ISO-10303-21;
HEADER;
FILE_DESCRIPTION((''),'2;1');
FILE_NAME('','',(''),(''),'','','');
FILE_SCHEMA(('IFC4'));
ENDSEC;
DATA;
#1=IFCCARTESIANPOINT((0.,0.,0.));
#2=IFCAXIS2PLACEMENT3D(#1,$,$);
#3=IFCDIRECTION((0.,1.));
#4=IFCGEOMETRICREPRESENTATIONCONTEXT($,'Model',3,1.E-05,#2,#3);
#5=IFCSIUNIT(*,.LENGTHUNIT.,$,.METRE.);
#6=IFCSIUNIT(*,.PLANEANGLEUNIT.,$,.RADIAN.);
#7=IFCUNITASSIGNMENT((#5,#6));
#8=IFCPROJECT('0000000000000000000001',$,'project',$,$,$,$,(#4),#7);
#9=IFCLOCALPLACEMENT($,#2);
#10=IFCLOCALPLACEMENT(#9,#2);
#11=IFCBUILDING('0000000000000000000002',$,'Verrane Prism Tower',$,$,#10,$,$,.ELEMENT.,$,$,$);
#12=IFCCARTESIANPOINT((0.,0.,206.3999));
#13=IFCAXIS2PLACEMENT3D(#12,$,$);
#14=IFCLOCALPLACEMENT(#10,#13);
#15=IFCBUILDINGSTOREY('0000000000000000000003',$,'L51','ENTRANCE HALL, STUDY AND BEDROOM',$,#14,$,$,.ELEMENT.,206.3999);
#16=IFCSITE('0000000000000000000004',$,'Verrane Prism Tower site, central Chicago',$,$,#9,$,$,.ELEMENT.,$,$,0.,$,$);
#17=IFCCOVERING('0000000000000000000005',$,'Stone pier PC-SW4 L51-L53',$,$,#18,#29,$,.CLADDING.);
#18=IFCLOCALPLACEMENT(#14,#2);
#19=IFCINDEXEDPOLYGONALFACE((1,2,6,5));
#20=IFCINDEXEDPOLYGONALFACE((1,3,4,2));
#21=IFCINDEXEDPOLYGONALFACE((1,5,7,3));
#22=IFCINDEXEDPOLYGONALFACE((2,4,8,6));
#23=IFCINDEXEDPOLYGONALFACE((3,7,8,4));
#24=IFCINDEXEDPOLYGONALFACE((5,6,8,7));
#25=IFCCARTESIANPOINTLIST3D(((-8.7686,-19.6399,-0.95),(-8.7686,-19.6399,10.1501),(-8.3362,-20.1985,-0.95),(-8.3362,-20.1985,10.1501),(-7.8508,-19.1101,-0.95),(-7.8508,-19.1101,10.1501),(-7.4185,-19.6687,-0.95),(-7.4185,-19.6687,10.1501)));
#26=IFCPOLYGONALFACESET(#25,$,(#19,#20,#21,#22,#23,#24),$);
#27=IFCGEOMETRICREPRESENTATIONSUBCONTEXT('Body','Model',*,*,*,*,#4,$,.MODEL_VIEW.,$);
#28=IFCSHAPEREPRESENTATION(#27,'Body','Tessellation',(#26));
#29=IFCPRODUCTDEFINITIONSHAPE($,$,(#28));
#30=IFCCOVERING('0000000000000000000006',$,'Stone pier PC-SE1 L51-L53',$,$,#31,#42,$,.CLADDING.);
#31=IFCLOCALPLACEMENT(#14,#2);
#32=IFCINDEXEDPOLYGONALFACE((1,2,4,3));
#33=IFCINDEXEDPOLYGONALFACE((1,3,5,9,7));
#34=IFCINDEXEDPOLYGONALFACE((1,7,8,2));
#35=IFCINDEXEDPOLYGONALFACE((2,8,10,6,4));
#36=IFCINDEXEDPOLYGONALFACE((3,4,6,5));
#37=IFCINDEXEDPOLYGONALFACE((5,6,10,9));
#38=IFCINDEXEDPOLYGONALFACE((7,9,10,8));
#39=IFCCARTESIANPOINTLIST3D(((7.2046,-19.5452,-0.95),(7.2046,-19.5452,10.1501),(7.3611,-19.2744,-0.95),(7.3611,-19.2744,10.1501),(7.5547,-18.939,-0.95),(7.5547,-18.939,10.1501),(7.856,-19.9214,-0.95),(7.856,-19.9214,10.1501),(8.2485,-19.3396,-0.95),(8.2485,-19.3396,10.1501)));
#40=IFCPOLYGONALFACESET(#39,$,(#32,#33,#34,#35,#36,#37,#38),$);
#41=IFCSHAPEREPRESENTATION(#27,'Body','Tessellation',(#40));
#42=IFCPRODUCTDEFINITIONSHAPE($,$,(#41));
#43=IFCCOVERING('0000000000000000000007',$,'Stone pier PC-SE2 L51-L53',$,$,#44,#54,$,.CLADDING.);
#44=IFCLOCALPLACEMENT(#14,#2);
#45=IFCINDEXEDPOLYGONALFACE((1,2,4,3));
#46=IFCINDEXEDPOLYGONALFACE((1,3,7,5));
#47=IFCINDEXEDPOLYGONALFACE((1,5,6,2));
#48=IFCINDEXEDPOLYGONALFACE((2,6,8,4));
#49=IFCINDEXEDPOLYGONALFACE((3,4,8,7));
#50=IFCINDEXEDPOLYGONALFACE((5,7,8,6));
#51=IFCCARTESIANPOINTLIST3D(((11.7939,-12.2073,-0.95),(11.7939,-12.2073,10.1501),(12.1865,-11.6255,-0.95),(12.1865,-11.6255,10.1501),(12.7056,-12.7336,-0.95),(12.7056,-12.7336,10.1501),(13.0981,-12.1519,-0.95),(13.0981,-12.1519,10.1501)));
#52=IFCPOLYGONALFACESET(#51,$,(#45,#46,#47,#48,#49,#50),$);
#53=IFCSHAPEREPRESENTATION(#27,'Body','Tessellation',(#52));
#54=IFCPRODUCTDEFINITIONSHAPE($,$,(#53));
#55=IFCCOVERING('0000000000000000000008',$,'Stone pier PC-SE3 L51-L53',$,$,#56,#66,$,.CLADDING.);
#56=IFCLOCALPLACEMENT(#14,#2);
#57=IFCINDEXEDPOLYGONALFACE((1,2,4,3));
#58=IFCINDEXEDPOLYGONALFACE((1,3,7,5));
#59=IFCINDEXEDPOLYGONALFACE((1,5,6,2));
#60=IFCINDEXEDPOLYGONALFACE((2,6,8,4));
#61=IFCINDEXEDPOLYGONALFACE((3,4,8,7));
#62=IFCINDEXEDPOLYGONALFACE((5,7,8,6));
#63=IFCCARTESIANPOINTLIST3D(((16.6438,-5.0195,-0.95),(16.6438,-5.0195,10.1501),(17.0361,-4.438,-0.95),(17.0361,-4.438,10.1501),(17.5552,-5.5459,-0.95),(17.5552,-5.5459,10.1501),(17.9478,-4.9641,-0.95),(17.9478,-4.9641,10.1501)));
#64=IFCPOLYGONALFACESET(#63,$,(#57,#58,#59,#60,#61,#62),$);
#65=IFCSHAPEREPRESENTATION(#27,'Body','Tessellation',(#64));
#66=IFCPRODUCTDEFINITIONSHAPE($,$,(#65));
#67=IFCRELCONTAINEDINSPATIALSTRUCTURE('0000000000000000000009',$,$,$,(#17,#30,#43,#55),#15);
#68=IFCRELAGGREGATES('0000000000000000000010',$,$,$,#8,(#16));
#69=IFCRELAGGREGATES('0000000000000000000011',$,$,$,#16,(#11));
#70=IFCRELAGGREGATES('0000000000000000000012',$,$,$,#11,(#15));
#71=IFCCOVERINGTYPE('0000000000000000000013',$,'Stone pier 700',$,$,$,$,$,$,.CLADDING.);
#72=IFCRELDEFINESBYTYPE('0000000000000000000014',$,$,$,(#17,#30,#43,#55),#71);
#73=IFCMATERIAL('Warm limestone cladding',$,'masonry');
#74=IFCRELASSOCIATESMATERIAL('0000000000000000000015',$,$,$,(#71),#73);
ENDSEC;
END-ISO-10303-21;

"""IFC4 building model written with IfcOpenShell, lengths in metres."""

from ifc_helpers import new_model, si_unit, direction, frame, origin, place, context, subcontext, project, spatial, polyline, outline, extrude, material, type_object, element, save


model = new_model("IFC4")

# Units and contexts
model_context = context("Model", 3, precision=1e-05, world=origin(), true_north=direction((0.0, 1.0)))
body_context = subcontext(model_context, "Body", "Model", "MODEL_VIEW")
ifc_project = project(units=[si_unit("LENGTHUNIT", "METRE"), si_unit("PLANEANGLEUNIT", "RADIAN")], contexts=[model_context])

# Site, building, storey
site_placement = place(None, origin())
site = spatial("IfcSite", under=ifc_project, at=site_placement, Name="Verrane Prism Tower site, central Chicago", CompositionType="ELEMENT", RefElevation=0.0)
building_placement = place(site_placement, origin())
building = spatial("IfcBuilding", under=site, at=building_placement, Name="Verrane Prism Tower", CompositionType="ELEMENT")
storey_placement = place(building_placement, frame((0.0, 0.0, 206.3999)))
storey = spatial("IfcBuildingStorey", under=building, at=storey_placement, Name="L51", Description="ENTRANCE HALL, STUDY AND BEDROOM", CompositionType="ELEMENT", Elevation=206.3999)

# Coverings
ifc_material_1 = material(Name="Warm limestone cladding", Category="masonry")
covering_type = type_object("IfcCoveringType", Name="Stone pier 700", PredefinedType="CLADDING", material=ifc_material_1)
covering_1_placement = place(storey_placement, frame((0.0, 0.0, -0.95)))
element("IfcCovering", 1, at=covering_1_placement, inside=storey, type_object=covering_type, Name="Stone pier PC-SW4 L51-L53", PredefinedType="CLADDING", context=body_context, shape_type="SweptSolid", body=[
    extrude(outline(polyline([(-8.3362, -20.1985), (-7.4185, -19.6687), (-7.8508, -19.1101), (-8.7686, -19.6399), (-8.3362, -20.1985)])), origin(), (0.0, 0.0, 1.0), 11.1001),
])
covering_2_placement = place(storey_placement, frame((0.0, 0.0, -0.95)))
element("IfcCovering", 2, at=covering_2_placement, inside=storey, type_object=covering_type, Name="Stone pier PC-SE1 L51-L53", PredefinedType="CLADDING", context=body_context, shape_type="SweptSolid", body=[
    extrude(outline(polyline([(7.5547, -18.939), (7.3611, -19.2744), (7.2046, -19.5452), (7.856, -19.9214), (8.2485, -19.3396), (7.5547, -18.939)])), origin(), (0.0, 0.0, 1.0), 11.1001),
])
covering_3_placement = place(storey_placement, frame((0.0, 0.0, -0.95)))
element("IfcCovering", 3, at=covering_3_placement, inside=storey, type_object=covering_type, Name="Stone pier PC-SE2 L51-L53", PredefinedType="CLADDING", context=body_context, shape_type="SweptSolid", body=[
    extrude(outline(polyline([(13.0981, -12.1519), (12.1865, -11.6255), (11.7939, -12.2073), (12.7056, -12.7336), (13.0981, -12.1519)])), origin(), (0.0, 0.0, 1.0), 11.1001),
])
covering_4_placement = place(storey_placement, frame((0.0, 0.0, -0.95)))
element("IfcCovering", 4, at=covering_4_placement, inside=storey, type_object=covering_type, Name="Stone pier PC-SE3 L51-L53", PredefinedType="CLADDING", context=body_context, shape_type="SweptSolid", body=[
    extrude(outline(polyline([(17.9478, -4.9641), (17.0361, -4.438), (16.6438, -5.0195), (17.5552, -5.5459), (17.9478, -4.9641)])), origin(), (0.0, 0.0, 1.0), 11.1001),
])

save(model, "model.ifc")
